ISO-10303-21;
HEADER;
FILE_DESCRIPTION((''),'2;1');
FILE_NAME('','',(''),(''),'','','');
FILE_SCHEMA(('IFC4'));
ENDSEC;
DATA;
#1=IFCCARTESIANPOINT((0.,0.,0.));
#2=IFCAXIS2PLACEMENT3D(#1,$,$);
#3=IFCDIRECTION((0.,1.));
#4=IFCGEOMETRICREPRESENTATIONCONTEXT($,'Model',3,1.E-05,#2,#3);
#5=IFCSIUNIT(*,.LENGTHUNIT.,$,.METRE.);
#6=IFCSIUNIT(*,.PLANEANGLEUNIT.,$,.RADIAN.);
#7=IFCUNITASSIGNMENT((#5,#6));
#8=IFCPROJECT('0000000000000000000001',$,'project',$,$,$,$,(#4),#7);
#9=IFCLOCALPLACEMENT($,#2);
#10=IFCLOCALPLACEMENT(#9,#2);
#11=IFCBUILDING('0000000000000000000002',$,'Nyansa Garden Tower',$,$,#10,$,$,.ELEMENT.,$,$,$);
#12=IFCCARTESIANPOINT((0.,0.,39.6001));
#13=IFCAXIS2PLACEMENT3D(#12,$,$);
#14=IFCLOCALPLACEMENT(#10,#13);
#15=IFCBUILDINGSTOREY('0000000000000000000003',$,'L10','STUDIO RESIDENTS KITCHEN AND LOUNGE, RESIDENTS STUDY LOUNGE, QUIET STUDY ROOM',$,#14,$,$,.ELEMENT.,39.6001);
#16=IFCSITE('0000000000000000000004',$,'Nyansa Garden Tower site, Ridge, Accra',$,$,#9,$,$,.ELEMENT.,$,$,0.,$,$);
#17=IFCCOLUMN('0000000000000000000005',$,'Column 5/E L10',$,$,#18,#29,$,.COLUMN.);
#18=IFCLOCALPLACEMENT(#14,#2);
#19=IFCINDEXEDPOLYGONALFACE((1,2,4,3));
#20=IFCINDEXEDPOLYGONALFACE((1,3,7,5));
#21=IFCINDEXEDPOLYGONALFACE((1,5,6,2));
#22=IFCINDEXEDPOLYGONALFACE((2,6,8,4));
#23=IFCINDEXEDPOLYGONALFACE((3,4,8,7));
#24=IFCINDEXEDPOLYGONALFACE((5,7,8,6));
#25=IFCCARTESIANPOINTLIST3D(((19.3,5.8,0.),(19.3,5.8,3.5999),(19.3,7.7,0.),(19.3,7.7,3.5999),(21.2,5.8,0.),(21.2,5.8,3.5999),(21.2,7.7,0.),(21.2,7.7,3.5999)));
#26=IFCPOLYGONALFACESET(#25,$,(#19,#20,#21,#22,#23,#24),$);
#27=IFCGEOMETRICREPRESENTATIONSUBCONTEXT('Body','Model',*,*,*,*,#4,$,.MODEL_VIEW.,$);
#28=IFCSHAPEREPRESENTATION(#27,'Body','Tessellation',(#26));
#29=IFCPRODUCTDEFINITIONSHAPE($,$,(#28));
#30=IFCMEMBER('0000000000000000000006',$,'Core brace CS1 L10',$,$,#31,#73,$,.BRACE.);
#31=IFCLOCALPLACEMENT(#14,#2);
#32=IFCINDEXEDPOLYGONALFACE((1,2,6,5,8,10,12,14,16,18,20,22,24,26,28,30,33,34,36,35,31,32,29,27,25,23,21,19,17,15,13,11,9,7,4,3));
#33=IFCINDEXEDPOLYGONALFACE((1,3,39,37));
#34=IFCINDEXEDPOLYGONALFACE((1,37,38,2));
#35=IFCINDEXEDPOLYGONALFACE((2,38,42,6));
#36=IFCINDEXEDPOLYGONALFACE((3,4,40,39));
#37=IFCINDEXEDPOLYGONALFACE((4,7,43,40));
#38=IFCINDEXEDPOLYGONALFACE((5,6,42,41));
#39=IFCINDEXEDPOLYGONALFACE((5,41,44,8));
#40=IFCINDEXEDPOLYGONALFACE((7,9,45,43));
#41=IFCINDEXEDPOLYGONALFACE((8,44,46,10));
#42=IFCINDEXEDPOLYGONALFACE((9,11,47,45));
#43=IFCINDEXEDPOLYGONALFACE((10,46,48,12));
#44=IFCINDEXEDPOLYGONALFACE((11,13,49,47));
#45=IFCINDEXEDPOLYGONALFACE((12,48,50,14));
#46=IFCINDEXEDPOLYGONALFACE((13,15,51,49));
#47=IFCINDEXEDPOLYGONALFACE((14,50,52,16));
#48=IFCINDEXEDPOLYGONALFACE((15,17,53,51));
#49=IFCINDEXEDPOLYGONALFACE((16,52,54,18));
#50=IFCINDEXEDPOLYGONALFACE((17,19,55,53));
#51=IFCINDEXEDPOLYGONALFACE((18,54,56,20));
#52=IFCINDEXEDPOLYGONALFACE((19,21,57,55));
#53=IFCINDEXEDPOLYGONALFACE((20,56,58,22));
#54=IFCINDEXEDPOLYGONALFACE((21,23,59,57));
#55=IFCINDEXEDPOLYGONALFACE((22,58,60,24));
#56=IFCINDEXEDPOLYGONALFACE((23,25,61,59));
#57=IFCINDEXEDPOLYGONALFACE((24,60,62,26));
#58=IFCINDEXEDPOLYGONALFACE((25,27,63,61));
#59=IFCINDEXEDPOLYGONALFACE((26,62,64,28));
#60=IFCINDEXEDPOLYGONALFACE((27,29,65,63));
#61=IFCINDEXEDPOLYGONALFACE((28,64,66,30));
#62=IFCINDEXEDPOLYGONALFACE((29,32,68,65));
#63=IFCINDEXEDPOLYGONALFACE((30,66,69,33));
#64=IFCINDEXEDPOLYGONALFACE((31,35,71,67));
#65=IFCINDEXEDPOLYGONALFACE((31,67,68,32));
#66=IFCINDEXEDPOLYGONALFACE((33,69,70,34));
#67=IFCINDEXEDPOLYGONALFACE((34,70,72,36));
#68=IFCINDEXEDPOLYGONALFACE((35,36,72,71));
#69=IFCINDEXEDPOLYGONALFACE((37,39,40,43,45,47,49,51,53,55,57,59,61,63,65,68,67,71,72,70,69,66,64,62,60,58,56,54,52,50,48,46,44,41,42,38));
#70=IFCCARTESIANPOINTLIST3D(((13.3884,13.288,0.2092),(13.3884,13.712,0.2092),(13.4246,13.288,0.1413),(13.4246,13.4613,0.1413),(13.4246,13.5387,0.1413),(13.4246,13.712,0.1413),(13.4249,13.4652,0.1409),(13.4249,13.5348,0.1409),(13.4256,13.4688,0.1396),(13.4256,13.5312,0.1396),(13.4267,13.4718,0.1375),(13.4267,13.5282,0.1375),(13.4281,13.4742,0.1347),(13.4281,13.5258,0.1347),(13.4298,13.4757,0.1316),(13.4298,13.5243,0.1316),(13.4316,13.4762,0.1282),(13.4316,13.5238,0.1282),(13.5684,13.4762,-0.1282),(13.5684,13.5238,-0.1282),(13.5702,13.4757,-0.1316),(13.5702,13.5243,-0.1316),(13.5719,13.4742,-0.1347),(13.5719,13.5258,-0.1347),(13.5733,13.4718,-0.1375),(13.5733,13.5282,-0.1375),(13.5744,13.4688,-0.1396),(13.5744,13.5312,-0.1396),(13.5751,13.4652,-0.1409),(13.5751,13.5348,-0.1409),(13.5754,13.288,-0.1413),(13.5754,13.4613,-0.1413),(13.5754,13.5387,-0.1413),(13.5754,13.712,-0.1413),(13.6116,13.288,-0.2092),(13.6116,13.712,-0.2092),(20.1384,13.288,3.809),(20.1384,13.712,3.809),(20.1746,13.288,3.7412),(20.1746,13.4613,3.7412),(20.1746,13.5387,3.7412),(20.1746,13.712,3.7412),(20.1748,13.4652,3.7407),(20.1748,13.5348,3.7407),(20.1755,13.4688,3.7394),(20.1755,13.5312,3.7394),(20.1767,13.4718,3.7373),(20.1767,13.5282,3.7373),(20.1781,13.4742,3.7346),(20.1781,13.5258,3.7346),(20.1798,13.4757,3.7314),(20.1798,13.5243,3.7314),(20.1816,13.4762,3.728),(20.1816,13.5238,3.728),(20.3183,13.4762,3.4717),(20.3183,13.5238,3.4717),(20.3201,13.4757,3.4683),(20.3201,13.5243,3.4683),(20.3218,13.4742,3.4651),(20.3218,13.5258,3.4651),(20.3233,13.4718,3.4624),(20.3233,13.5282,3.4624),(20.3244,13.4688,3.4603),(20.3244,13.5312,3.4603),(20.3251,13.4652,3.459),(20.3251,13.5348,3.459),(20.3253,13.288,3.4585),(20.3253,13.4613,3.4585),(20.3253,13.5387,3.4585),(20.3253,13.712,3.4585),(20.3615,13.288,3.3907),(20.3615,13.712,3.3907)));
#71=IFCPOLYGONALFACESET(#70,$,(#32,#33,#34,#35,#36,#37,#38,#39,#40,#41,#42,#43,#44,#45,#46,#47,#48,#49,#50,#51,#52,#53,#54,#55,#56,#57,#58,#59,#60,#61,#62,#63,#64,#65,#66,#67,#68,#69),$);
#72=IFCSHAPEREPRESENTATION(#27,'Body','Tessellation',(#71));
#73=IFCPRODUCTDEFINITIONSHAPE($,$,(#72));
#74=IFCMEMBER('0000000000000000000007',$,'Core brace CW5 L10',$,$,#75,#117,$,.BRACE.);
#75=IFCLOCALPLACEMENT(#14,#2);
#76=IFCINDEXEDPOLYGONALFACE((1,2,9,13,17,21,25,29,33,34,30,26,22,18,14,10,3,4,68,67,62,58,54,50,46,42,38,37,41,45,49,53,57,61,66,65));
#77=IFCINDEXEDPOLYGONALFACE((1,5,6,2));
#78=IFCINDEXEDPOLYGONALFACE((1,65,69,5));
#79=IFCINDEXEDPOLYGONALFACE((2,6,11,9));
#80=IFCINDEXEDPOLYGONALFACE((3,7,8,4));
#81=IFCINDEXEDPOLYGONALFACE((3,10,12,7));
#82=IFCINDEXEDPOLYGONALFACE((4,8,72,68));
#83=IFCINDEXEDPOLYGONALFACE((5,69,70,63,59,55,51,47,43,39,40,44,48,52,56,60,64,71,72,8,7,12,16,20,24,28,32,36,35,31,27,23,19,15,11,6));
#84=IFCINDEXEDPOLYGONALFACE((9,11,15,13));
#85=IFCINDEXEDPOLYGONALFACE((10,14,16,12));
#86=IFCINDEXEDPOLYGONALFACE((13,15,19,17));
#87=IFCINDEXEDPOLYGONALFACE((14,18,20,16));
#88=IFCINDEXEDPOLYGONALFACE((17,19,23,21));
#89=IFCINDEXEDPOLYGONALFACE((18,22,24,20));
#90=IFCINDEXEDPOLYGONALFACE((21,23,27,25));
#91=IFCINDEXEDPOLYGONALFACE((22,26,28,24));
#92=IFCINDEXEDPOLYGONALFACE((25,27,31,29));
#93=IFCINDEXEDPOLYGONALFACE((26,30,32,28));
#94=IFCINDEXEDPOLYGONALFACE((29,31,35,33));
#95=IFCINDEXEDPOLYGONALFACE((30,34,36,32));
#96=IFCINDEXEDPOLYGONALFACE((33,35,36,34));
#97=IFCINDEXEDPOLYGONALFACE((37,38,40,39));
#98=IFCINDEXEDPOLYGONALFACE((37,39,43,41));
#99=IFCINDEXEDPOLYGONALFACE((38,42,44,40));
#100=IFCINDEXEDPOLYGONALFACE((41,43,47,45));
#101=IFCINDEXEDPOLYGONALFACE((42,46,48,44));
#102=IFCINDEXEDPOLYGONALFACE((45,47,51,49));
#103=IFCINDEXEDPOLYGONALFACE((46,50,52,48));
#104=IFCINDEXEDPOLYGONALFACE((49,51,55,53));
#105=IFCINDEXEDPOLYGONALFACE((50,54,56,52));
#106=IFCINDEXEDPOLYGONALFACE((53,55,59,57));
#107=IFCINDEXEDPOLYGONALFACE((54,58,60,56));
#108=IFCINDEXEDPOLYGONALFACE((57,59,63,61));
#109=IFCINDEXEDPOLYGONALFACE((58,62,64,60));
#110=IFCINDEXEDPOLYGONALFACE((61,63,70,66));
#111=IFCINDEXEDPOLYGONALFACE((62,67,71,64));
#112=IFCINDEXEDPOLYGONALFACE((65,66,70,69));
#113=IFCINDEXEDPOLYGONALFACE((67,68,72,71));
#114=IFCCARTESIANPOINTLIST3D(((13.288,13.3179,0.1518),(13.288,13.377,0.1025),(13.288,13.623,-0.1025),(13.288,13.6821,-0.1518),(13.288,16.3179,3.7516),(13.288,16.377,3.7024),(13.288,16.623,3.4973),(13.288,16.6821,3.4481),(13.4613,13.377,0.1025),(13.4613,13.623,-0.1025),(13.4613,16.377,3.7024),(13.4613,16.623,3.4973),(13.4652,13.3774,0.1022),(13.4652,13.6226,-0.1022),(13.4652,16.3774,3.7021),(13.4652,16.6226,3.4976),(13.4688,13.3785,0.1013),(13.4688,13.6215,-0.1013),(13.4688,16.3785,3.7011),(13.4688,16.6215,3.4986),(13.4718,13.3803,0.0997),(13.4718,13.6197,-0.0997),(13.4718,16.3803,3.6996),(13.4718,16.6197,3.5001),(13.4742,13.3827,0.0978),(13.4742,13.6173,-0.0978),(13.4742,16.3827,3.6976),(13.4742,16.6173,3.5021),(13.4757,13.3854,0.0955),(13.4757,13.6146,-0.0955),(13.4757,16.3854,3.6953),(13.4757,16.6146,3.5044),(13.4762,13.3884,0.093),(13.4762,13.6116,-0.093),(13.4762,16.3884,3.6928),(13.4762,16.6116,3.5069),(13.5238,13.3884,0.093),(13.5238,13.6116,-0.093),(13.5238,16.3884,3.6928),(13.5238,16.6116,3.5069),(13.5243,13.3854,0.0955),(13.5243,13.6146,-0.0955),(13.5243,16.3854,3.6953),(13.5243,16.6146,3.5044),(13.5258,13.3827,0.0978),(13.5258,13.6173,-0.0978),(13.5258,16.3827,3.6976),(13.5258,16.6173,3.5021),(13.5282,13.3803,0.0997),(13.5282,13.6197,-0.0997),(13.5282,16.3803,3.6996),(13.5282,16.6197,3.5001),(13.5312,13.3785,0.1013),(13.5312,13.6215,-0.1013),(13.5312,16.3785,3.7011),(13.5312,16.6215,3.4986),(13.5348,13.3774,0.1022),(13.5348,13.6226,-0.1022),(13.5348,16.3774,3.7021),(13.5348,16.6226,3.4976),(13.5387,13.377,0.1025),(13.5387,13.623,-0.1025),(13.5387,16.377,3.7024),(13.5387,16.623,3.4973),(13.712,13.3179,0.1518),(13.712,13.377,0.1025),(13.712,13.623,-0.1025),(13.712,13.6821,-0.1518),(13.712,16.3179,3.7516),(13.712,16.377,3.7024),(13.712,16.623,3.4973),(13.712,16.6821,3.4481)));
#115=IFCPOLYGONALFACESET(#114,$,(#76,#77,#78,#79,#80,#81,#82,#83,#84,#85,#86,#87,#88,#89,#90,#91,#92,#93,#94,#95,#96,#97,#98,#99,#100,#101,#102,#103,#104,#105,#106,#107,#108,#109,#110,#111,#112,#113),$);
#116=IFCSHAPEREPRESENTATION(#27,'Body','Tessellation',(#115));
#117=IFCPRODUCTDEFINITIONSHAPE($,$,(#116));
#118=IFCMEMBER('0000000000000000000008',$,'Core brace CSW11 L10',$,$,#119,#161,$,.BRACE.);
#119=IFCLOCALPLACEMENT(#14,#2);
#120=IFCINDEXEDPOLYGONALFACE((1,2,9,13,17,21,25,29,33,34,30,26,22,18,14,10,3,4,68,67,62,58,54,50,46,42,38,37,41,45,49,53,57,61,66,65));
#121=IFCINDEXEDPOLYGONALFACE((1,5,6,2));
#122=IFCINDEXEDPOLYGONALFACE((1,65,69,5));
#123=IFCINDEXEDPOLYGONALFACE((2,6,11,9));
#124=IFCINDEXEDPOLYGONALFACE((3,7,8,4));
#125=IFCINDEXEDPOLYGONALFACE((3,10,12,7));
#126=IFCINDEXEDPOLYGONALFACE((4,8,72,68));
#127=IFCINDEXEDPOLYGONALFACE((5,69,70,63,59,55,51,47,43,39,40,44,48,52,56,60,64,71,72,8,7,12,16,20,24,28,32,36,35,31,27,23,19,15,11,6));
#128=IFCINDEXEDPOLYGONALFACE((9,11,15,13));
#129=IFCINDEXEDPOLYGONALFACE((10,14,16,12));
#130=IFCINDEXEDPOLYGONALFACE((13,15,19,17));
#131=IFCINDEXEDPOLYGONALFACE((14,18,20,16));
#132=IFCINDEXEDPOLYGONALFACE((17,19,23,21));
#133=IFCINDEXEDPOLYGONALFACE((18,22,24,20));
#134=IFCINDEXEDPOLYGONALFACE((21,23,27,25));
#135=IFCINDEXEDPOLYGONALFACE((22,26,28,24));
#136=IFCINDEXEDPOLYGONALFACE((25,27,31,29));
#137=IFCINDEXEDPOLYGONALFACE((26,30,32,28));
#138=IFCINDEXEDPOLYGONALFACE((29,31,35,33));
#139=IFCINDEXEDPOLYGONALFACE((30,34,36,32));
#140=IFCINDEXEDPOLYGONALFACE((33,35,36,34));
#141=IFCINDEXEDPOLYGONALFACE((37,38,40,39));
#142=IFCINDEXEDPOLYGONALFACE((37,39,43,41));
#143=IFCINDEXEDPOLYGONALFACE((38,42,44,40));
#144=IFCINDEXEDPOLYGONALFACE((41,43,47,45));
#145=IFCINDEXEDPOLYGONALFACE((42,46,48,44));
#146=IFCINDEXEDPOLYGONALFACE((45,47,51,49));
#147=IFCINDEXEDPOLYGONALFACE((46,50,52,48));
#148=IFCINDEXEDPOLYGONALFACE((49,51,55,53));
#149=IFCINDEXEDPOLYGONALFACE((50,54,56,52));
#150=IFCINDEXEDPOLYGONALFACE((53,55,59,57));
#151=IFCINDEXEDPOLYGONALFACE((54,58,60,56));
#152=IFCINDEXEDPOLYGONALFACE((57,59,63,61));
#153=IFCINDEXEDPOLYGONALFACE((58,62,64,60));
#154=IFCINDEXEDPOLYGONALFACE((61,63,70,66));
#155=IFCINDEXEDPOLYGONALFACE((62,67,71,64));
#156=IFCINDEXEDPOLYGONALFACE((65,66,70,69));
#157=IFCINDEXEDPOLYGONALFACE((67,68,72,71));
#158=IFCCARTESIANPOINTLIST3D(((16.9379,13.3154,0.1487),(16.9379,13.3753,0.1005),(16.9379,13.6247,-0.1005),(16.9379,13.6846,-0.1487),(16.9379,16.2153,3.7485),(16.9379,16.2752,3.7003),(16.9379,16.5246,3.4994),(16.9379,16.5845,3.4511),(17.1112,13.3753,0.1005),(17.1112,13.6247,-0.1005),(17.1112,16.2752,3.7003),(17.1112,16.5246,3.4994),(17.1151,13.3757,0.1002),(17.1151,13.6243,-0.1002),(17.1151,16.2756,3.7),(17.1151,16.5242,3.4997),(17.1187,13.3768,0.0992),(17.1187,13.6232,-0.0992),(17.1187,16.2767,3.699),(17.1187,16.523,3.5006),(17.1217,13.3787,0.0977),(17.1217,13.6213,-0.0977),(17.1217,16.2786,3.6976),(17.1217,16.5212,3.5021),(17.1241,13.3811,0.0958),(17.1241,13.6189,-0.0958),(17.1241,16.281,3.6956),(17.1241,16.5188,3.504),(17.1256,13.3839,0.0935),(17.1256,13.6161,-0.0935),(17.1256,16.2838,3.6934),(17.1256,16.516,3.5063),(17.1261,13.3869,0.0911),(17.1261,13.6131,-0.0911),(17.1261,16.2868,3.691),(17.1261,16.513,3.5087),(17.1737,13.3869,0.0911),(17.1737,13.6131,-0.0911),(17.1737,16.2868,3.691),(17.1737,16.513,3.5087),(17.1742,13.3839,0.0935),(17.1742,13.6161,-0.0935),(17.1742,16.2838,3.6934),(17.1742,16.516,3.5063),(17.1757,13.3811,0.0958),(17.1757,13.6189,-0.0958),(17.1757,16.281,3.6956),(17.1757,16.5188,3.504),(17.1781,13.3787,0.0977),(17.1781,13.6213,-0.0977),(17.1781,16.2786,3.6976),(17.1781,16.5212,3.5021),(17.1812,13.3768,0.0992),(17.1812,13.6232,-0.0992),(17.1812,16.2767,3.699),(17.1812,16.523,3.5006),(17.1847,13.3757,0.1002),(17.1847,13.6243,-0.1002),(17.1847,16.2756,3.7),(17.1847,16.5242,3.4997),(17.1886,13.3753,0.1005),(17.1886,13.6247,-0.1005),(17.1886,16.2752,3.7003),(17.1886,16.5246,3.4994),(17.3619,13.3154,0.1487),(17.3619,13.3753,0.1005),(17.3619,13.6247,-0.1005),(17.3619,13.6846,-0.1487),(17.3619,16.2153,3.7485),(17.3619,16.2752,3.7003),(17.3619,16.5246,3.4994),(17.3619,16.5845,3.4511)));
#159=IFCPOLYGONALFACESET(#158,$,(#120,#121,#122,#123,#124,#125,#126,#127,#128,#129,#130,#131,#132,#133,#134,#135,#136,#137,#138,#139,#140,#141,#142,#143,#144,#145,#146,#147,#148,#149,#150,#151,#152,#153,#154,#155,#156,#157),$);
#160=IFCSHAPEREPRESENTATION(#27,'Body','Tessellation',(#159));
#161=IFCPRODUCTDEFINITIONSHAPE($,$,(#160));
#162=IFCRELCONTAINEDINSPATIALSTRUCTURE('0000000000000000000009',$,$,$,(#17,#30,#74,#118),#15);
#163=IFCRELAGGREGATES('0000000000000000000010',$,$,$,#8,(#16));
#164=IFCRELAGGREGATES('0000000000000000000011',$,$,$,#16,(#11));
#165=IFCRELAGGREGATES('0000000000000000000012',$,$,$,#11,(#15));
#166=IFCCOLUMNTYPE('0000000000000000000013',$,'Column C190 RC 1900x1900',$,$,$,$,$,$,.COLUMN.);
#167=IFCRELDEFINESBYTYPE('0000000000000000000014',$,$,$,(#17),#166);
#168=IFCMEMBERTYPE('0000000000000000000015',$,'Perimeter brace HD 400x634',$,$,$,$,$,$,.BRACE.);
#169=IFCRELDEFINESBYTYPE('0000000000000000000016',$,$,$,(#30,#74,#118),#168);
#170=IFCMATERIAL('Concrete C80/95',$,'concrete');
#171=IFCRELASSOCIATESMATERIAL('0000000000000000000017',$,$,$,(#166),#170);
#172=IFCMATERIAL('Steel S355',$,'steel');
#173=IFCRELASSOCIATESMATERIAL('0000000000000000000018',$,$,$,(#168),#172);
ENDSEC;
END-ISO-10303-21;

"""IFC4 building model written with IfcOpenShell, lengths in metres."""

from ifc_helpers import new_model, si_unit, direction, frame, origin, origin_2d, place, context, subcontext, project, spatial, rectangle, i_section, extrude, material, material_profile, profile_set, type_object, element, save


model = new_model("IFC4")

# Units and contexts
model_context = context("Model", 3, precision=1e-05, world=origin(), true_north=direction((0.0, 1.0)))
body_context = subcontext(model_context, "Body", "Model", "MODEL_VIEW")
ifc_project = project(units=[si_unit("LENGTHUNIT", "METRE"), si_unit("PLANEANGLEUNIT", "RADIAN")], contexts=[model_context])

# Site, building, storey
site_placement = place(None, origin())
site = spatial("IfcSite", under=ifc_project, at=site_placement, Name="Nyansa Garden Tower site, Ridge, Accra", CompositionType="ELEMENT", RefElevation=0.0)
building_placement = place(site_placement, origin())
building = spatial("IfcBuilding", under=site, at=building_placement, Name="Nyansa Garden Tower", CompositionType="ELEMENT")
storey_placement = place(building_placement, frame((0.0, 0.0, 39.6001)))
storey = spatial("IfcBuildingStorey", under=building, at=storey_placement, Name="L10", Description="STUDIO RESIDENTS KITCHEN AND LOUNGE, RESIDENTS STUDY LOUNGE, QUIET STUDY ROOM", CompositionType="ELEMENT", Elevation=39.6001)

# Column
ifc_material_1 = material(Name="Concrete C80/95", Category="concrete")
ifc_material_profile_1 = material_profile(ifc_material_1, rectangle(XDim=1.8999, YDim=1.8999, at=origin_2d()), Name="RC 1900x1900")
ifc_profile_set_1 = profile_set([ifc_material_profile_1], Name="Concrete C80/95")
column_type = type_object("IfcColumnType", Name="Column C190 RC 1900x1900", PredefinedType="COLUMN", material=ifc_profile_set_1)
column_placement = place(storey_placement, frame((20.25, 6.75, 0.0), z_axis=(0.0, 0.0, 1.0), x_axis=(1.0, 0.0, 0.0)))
element("IfcColumn", 1, at=column_placement, inside=storey, type_object=column_type, Name="Column 5/E L10", PredefinedType="COLUMN", context=body_context, shape_type="SweptSolid", body=[
    extrude(rectangle(XDim=1.8999, YDim=1.8999, at=origin_2d()), origin(), (0.0, 0.0, 1.0), 3.5999),
])

# Members
ifc_material_2 = material(Name="Steel S355", Category="steel")
ifc_material_profile_2 = material_profile(ifc_material_2, i_section(OverallWidth=0.4241, OverallDepth=0.4741, WebThickness=0.0476, FlangeThickness=0.0769, FilletRadius=0.0149, at=origin_2d()), Name="HD 400x634")
ifc_profile_set_2 = profile_set([ifc_material_profile_2], Name="Steel S355")
member_type = type_object("IfcMemberType", Name="Perimeter brace HD 400x634", PredefinedType="BRACE", material=ifc_profile_set_2)
member_1_placement = place(storey_placement, frame((13.5, 13.5, 0.0), z_axis=(0.882361, 0.0, 0.470573), x_axis=(0.0, 1.0, 0.0)))
element("IfcMember", 2, at=member_1_placement, inside=storey, type_object=member_type, Name="Core brace CS1 L10", PredefinedType="BRACE", context=body_context, shape_type="SweptSolid", body=[
    extrude(i_section(OverallWidth=0.4241, OverallDepth=0.4741, WebThickness=0.0476, FlangeThickness=0.0769, FilletRadius=0.0149, at=origin_2d()), origin(), (0.0, 0.0, 1.0), 7.6499),
])
member_2_placement = place(storey_placement, frame((13.5, 13.5, 0.0), z_axis=(0.0, 0.6402, 0.768208), x_axis=(-1.0, 0.0, 0.0)))
element("IfcMember", 3, at=member_2_placement, inside=storey, type_object=member_type, Name="Core brace CW5 L10", PredefinedType="BRACE", context=body_context, shape_type="SweptSolid", body=[
    extrude(i_section(OverallWidth=0.4241, OverallDepth=0.4741, WebThickness=0.0476, FlangeThickness=0.0769, FilletRadius=0.0149, at=origin_2d()), origin(), (0.0, 0.0, 1.0), 4.686),
])
for number, where, z_axis, x_axis, name in (
    (4, (17.1499, 13.5, 0.0), (0.0, 0.627332, 0.778752), (-1.0, 0.0, 0.0), "Core brace CSW11 L10"),
):
    element("IfcMember", number, at=place(storey_placement, frame(where, z_axis=z_axis, x_axis=x_axis)), inside=storey, type_object=member_type, Name=name, PredefinedType="BRACE", context=body_context, shape_type="SweptSolid", body=[
        extrude(i_section(OverallWidth=0.4241, OverallDepth=0.4741, WebThickness=0.0476, FlangeThickness=0.0769, FilletRadius=0.0149, at=origin_2d()), origin(), (0.0, 0.0, 1.0), 4.6226),
    ])

save(model, "model.ifc")
